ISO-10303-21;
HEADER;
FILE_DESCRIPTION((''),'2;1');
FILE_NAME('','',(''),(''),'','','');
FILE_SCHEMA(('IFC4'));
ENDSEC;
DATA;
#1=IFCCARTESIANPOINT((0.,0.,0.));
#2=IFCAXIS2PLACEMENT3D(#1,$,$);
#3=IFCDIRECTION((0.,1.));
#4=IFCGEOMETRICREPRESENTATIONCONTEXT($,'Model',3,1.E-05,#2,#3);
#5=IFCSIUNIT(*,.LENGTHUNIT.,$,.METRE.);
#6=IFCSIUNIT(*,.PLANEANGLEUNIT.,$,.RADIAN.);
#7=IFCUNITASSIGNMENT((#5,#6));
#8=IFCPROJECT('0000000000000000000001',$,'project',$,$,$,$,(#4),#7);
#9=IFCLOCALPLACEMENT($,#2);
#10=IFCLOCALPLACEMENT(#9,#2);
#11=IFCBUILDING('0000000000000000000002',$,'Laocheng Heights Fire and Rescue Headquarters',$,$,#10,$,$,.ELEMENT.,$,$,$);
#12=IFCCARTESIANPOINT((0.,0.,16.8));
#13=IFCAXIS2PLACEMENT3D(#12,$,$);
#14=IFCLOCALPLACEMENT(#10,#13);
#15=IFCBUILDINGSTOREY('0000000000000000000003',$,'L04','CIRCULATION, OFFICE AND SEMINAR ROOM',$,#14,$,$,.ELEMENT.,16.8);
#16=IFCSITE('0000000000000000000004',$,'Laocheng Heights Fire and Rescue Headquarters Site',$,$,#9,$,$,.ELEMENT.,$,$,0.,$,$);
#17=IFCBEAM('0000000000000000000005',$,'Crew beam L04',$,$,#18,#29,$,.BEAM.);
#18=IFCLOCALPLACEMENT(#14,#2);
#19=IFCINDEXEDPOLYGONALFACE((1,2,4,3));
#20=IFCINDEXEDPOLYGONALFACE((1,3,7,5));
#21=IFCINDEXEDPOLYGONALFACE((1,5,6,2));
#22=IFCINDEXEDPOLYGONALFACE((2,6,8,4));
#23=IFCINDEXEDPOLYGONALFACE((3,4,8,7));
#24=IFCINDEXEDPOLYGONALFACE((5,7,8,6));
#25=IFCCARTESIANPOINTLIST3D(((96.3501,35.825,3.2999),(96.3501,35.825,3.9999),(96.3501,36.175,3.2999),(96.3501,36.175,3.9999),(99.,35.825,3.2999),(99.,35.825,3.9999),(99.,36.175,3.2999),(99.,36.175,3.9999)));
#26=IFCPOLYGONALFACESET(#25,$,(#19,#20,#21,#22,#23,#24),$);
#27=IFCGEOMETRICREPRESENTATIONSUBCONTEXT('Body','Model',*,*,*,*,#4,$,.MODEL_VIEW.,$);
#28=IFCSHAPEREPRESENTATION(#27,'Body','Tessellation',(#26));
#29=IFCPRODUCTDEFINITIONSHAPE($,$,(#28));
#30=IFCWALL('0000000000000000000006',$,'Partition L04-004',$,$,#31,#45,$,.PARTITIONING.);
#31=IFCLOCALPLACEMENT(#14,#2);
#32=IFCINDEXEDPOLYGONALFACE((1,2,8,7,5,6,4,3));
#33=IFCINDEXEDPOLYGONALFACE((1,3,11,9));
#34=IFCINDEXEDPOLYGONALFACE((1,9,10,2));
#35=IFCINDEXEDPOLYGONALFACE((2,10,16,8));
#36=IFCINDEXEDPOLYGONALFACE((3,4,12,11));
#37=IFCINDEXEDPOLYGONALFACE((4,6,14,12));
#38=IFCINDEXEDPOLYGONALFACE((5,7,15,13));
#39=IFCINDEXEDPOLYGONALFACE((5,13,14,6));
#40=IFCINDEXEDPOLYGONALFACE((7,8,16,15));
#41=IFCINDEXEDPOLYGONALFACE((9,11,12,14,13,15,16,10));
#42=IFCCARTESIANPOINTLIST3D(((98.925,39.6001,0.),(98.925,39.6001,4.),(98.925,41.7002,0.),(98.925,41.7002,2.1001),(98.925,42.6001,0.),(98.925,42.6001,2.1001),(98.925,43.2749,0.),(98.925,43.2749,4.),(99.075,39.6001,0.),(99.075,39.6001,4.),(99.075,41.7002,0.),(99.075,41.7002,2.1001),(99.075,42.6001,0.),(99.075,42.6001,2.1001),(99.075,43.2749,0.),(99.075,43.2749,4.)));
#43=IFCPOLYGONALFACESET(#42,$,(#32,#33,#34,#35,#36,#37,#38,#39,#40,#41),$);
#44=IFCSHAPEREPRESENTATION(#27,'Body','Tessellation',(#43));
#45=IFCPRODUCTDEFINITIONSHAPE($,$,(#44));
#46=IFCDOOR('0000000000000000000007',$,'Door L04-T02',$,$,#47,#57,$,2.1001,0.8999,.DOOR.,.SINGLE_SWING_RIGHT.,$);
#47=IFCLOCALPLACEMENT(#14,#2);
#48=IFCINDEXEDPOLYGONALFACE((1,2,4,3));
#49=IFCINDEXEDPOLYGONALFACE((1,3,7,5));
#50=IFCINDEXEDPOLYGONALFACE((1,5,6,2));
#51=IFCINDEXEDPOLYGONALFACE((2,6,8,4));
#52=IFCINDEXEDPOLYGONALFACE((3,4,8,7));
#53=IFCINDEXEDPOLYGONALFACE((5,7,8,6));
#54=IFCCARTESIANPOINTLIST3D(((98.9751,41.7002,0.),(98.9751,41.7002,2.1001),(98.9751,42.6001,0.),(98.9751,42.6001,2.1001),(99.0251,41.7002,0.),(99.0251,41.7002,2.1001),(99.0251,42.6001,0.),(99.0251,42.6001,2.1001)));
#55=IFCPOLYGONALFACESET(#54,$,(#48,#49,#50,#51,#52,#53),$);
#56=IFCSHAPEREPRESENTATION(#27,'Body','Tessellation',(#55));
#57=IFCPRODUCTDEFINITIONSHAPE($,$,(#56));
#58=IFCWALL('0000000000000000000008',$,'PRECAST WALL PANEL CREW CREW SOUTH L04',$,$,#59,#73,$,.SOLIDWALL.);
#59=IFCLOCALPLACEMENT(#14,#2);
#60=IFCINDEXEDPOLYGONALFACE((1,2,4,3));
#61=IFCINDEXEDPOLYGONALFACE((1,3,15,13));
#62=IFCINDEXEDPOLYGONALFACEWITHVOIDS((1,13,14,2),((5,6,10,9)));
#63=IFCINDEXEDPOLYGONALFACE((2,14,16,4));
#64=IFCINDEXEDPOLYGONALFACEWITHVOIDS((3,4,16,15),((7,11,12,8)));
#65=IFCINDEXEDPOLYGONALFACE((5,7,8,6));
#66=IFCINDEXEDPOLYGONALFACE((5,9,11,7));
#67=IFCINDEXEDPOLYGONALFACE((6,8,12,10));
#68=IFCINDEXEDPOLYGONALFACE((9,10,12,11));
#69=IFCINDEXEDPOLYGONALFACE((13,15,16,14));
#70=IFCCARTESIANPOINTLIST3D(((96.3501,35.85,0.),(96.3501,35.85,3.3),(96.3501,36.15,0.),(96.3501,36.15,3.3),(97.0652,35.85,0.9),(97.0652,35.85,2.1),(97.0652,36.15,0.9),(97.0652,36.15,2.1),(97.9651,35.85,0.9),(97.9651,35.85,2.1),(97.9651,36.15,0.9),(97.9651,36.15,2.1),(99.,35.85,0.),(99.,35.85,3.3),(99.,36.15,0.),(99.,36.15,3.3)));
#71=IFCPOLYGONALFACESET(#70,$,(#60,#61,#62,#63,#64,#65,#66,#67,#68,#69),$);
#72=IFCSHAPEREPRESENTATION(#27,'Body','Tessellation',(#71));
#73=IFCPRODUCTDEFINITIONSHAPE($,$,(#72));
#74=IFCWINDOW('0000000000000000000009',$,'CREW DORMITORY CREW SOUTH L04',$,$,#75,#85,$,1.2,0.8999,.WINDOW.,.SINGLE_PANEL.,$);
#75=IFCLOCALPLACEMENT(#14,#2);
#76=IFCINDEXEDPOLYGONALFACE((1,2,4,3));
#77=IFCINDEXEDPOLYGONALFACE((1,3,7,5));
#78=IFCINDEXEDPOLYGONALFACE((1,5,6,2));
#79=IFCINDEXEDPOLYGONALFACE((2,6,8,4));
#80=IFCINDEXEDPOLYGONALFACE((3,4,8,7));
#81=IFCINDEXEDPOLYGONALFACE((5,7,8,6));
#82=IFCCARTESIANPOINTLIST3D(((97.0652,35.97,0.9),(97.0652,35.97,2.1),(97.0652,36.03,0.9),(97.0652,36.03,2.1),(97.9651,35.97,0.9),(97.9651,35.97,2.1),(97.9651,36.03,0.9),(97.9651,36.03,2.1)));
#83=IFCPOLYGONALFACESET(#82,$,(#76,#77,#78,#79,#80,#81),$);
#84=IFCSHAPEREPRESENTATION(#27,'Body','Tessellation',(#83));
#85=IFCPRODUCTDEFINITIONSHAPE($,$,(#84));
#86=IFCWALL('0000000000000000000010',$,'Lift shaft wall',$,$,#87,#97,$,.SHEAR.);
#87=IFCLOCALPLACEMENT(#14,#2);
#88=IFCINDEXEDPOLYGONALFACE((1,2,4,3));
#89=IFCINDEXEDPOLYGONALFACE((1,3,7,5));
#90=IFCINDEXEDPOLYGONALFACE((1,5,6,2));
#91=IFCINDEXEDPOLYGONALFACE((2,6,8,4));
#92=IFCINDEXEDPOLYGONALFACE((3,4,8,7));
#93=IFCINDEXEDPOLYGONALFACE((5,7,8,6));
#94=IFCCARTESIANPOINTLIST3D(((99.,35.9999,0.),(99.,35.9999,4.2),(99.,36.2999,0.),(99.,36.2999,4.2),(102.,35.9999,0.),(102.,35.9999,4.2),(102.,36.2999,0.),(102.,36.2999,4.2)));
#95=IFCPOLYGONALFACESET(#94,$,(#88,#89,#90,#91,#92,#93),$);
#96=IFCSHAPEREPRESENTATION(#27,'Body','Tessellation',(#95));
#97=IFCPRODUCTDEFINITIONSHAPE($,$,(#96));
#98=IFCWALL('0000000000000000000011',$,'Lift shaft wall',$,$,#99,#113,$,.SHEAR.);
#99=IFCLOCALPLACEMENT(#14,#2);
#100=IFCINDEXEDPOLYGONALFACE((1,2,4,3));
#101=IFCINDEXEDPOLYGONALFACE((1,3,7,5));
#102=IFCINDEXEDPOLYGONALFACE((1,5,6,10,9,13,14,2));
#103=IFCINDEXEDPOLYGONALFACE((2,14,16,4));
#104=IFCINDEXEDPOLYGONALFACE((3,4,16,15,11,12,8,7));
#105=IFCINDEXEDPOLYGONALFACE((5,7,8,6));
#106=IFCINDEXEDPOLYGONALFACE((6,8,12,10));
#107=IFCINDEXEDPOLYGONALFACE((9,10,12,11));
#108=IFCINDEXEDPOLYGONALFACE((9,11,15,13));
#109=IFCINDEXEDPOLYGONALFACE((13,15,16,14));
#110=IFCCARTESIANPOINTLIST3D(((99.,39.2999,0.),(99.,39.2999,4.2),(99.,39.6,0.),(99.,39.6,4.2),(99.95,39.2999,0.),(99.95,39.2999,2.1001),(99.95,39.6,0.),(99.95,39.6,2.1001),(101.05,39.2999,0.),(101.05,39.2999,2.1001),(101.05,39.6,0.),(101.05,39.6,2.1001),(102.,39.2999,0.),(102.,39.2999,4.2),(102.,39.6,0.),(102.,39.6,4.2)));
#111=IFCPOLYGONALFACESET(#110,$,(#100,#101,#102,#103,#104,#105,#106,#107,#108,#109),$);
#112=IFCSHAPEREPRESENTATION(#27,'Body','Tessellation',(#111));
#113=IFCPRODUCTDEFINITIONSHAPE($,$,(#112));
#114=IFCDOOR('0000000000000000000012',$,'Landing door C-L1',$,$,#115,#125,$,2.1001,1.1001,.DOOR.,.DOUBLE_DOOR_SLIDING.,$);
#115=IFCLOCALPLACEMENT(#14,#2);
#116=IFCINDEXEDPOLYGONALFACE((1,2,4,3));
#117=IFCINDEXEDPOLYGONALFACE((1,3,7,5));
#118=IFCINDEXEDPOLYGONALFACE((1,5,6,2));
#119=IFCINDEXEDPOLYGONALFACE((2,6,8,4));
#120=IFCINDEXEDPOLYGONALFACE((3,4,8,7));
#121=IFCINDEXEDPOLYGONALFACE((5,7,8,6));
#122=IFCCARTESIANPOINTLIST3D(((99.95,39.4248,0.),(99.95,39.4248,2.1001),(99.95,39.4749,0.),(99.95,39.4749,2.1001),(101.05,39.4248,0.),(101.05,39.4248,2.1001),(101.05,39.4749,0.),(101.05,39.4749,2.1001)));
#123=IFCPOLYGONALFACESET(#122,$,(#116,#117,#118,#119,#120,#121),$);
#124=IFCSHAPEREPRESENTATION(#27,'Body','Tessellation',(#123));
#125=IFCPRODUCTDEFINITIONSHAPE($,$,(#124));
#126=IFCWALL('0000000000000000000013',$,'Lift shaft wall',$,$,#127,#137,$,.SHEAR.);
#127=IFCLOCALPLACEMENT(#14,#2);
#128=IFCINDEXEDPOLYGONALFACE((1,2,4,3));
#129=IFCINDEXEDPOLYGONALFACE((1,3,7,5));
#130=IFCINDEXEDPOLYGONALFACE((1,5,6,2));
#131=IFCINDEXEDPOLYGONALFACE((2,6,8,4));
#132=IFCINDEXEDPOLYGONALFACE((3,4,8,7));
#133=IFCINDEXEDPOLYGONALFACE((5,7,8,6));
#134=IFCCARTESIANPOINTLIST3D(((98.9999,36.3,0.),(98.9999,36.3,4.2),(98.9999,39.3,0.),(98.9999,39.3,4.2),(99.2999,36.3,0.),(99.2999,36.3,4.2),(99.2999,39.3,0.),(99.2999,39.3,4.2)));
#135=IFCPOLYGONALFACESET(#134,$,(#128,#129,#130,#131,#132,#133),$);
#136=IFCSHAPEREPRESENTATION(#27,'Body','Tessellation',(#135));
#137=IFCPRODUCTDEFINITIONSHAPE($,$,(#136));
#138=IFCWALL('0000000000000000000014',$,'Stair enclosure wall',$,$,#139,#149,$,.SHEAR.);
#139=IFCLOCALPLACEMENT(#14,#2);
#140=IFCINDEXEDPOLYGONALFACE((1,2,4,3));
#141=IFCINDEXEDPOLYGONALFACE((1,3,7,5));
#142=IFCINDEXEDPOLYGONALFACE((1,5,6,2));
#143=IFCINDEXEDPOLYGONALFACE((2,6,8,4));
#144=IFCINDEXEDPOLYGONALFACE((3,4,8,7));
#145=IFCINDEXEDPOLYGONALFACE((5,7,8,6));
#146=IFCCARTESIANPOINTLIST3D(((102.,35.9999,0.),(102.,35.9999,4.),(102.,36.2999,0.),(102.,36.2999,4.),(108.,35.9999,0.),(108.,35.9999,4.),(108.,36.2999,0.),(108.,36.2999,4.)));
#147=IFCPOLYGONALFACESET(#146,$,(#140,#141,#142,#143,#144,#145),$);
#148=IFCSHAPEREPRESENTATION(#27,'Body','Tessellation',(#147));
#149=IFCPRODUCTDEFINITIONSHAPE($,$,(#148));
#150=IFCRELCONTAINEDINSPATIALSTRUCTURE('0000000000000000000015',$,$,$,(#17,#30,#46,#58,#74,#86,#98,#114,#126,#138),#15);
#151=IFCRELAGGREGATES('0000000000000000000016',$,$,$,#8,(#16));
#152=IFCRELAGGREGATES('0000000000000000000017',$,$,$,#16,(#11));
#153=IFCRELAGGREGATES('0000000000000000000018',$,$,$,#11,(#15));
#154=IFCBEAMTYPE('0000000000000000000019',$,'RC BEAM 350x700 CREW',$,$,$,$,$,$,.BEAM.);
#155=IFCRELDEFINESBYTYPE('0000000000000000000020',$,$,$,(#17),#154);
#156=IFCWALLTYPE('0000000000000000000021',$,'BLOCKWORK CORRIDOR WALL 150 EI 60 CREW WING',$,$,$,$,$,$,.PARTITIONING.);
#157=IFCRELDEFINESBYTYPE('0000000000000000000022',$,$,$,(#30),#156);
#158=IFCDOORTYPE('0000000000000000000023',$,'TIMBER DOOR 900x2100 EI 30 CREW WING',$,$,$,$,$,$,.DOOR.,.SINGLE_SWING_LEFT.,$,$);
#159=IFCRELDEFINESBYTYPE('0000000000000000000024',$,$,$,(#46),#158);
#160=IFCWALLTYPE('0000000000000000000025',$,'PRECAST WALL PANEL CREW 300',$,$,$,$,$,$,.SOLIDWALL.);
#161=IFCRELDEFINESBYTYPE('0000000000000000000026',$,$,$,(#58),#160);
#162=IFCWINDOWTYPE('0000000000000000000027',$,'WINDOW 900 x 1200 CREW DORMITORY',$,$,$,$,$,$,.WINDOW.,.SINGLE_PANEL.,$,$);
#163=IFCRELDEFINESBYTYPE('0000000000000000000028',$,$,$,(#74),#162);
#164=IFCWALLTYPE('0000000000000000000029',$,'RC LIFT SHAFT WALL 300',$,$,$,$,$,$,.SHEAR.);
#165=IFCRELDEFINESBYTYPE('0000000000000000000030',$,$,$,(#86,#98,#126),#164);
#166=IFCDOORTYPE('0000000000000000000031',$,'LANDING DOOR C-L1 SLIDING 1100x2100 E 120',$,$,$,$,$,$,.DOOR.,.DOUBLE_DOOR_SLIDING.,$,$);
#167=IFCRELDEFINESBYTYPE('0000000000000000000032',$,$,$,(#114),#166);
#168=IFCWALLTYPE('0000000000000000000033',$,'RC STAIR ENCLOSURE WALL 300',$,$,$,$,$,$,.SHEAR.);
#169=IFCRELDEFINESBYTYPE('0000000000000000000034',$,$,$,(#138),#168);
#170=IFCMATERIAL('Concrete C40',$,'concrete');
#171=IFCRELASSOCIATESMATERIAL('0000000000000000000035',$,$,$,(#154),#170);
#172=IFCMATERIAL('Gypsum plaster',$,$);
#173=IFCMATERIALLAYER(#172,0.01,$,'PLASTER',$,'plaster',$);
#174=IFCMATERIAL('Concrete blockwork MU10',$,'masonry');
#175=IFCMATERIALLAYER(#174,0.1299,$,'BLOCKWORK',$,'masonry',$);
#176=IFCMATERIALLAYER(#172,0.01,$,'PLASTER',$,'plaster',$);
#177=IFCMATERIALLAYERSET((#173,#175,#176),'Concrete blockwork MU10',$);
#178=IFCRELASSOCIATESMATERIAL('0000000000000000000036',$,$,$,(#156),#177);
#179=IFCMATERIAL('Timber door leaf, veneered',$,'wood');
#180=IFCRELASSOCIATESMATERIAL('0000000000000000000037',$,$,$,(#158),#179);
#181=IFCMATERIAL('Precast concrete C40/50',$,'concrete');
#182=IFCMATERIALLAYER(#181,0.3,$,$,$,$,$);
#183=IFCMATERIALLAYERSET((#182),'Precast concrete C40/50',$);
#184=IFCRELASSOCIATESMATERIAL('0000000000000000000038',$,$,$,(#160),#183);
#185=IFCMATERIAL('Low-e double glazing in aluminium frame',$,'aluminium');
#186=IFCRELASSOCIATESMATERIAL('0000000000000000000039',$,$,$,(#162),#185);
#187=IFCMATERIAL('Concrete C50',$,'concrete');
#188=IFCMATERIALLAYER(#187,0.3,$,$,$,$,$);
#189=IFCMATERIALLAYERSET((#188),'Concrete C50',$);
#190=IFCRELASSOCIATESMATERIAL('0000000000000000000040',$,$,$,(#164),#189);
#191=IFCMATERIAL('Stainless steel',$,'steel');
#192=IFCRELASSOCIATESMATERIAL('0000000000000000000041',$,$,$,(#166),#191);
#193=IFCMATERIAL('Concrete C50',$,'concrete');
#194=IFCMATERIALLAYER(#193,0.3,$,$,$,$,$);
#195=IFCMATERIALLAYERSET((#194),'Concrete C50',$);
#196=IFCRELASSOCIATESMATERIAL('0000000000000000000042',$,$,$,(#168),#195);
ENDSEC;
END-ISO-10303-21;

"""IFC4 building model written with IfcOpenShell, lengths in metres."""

from ifc_helpers import new_model, si_unit, direction, frame, frame_2d, origin, origin_2d, place, context, subcontext, project, spatial, rectangle, extrude, material, layer, layer_set, material_profile, profile_set, type_object, element, fill, save


model = new_model("IFC4")

# Units and contexts
model_context = context("Model", 3, precision=1e-05, world=origin(), true_north=direction((0.0, 1.0)))
body_context = subcontext(model_context, "Body", "Model", "MODEL_VIEW")
ifc_project = project(units=[si_unit("LENGTHUNIT", "METRE"), si_unit("PLANEANGLEUNIT", "RADIAN")], contexts=[model_context])

# Site, building, storey
site_placement = place(None, origin())
site = spatial("IfcSite", under=ifc_project, at=site_placement, Name="Laocheng Heights Fire and Rescue Headquarters Site", CompositionType="ELEMENT", RefElevation=0.0)
building_placement = place(site_placement, origin())
building = spatial("IfcBuilding", under=site, at=building_placement, Name="Laocheng Heights Fire and Rescue Headquarters", CompositionType="ELEMENT")
storey_placement = place(building_placement, frame((0.0, 0.0, 16.8)))
storey = spatial("IfcBuildingStorey", under=building, at=storey_placement, Name="L04", Description="CIRCULATION, OFFICE AND SEMINAR ROOM", CompositionType="ELEMENT", Elevation=16.8)

# Beam
ifc_material_1 = material(Name="Concrete C40", Category="concrete")
ifc_material_profile = material_profile(ifc_material_1, rectangle(XDim=0.3501, YDim=0.7, at=origin_2d()), Name="RC BEAM 350x700 CREW")
ifc_profile_set = profile_set([ifc_material_profile], Name="Concrete C40")
beam_type = type_object("IfcBeamType", Name="RC BEAM 350x700 CREW", PredefinedType="BEAM", material=ifc_profile_set)
beam_placement = place(storey_placement, frame((96.3501, 36.0, 3.6499), z_axis=(1.0, 0.0, 0.0), x_axis=(0.0, 1.0, 0.0)))
element("IfcBeam", 1, at=beam_placement, inside=storey, type_object=beam_type, Name="Crew beam L04", PredefinedType="BEAM", context=body_context, shape_type="SweptSolid", body=[
    extrude(rectangle(XDim=0.3501, YDim=0.7, at=origin_2d()), origin(), (0.0, 0.0, 1.0), 2.6499),
])

# Wall, opening, door
ifc_material_2 = material(Name="Gypsum plaster")
ifc_layer_1 = layer(ifc_material_2, 0.01, Name="PLASTER", Category="plaster")
ifc_material_3 = material(Name="Concrete blockwork MU10", Category="masonry")
ifc_layer_2 = layer(ifc_material_3, 0.1299, Name="BLOCKWORK", Category="masonry")
ifc_layer_3 = layer(ifc_material_2, 0.01, Name="PLASTER", Category="plaster")
ifc_layer_set_1 = layer_set([ifc_layer_1, ifc_layer_2, ifc_layer_3], Name="Concrete blockwork MU10")
wall_type_1 = type_object("IfcWallType", Name="BLOCKWORK CORRIDOR WALL 150 EI 60 CREW WING", PredefinedType="PARTITIONING", material=ifc_layer_set_1)
wall_1_placement = place(storey_placement, frame((99.0, 39.6001, 0.0), z_axis=(0.0, 0.0, 1.0), x_axis=(0.0, 1.0, 0.0)))
wall_1 = element("IfcWall", 2, at=wall_1_placement, inside=storey, type_object=wall_type_1, Name="Partition L04-004", PredefinedType="PARTITIONING", context=body_context, shape_type="SweptSolid", body=[
    extrude(rectangle(XDim=3.6748, YDim=0.1499, at=frame_2d((1.8374, 0.0))), origin(), (0.0, 0.0, 1.0), 4.0),
])
opening_1_placement = place(wall_1_placement, frame((2.1001, 0.0, 0.0)))
opening_1 = element("IfcOpeningElement", 3, at=opening_1_placement, cuts=wall_1, PredefinedType="OPENING", context=body_context, shape_type="SweptSolid", body=[
    extrude(rectangle(XDim=0.8999, YDim=2.1001, at=frame_2d((0.45, 1.05))), frame((0.0, 0.085, 0.0), z_axis=(0.0, -1.0, 0.0), x_axis=(1.0, 0.0, 0.0)), (0.0, 0.0, 1.0), 0.1699),
])
ifc_material_4 = material(Name="Timber door leaf, veneered", Category="wood")
door_type_1 = type_object("IfcDoorType", Name="TIMBER DOOR 900x2100 EI 30 CREW WING", OperationType="SINGLE_SWING_LEFT", PredefinedType="DOOR", material=ifc_material_4)
door_1_placement = place(opening_1_placement, origin())
door_1 = element("IfcDoor", 4, at=door_1_placement, inside=storey, type_object=door_type_1, Name="Door L04-T02", OperationType="SINGLE_SWING_RIGHT", OverallHeight=2.1001, OverallWidth=0.8999, PredefinedType="DOOR", context=body_context, shape_type="SweptSolid", body=[
    extrude(rectangle(XDim=0.8999, YDim=2.1001, at=frame_2d((0.45, 1.05))), frame((0.0, 0.0249, 0.0), z_axis=(0.0, -1.0, 0.0), x_axis=(1.0, 0.0, 0.0)), (0.0, 0.0, 1.0), 0.05),
])
fill(opening_1, door_1)

# Wall, opening, window
ifc_material_5 = material(Name="Precast concrete C40/50", Category="concrete")
ifc_layer_4 = layer(ifc_material_5, 0.3)
ifc_layer_set_2 = layer_set([ifc_layer_4], Name="Precast concrete C40/50")
wall_type_2 = type_object("IfcWallType", Name="PRECAST WALL PANEL CREW 300", PredefinedType="SOLIDWALL", material=ifc_layer_set_2)
wall_2_placement = place(storey_placement, frame((96.3501, 36.0, 0.0), z_axis=(0.0, 0.0, 1.0), x_axis=(1.0, 0.0, 0.0)))
wall_2 = element("IfcWall", 5, at=wall_2_placement, inside=storey, type_object=wall_type_2, Name="PRECAST WALL PANEL CREW CREW SOUTH L04", PredefinedType="SOLIDWALL", context=body_context, shape_type="SweptSolid", body=[
    extrude(rectangle(XDim=2.6499, YDim=0.3, at=frame_2d((1.325, 0.0))), origin(), (0.0, 0.0, 1.0), 3.3),
])
opening_2_placement = place(wall_2_placement, frame((0.7151, 0.0, 0.8999)))
opening_2 = element("IfcOpeningElement", 6, at=opening_2_placement, cuts=wall_2, PredefinedType="OPENING", context=body_context, shape_type="SweptSolid", body=[
    extrude(rectangle(XDim=0.8999, YDim=1.2, at=frame_2d((0.45, 0.6001))), frame((0.0, 0.1599, 0.0), z_axis=(0.0, -1.0, 0.0), x_axis=(1.0, 0.0, 0.0)), (0.0, 0.0, 1.0), 0.3201),
])
ifc_material_6 = material(Name="Low-e double glazing in aluminium frame", Category="aluminium")
window_type = type_object("IfcWindowType", Name="WINDOW 900 x 1200 CREW DORMITORY", PartitioningType="SINGLE_PANEL", PredefinedType="WINDOW", material=ifc_material_6)
window_placement = place(opening_2_placement, origin())
window = element("IfcWindow", 7, at=window_placement, inside=storey, type_object=window_type, Name="CREW DORMITORY CREW SOUTH L04", OverallHeight=1.2, OverallWidth=0.8999, PartitioningType="SINGLE_PANEL", PredefinedType="WINDOW", context=body_context, shape_type="SweptSolid", body=[
    extrude(rectangle(XDim=0.8999, YDim=1.2, at=frame_2d((0.45, 0.6001))), frame((0.0, 0.03, 0.0), z_axis=(0.0, -1.0, 0.0), x_axis=(1.0, 0.0, 0.0)), (0.0, 0.0, 1.0), 0.0601),
])
fill(opening_2, window)

# Wall
ifc_material_7 = material(Name="Concrete C50", Category="concrete")
ifc_layer_5 = layer(ifc_material_7, 0.3)
ifc_layer_set_3 = layer_set([ifc_layer_5], Name="Concrete C50")
wall_type_3 = type_object("IfcWallType", Name="RC LIFT SHAFT WALL 300", PredefinedType="SHEAR", material=ifc_layer_set_3)
wall_3_placement = place(storey_placement, frame((99.0, 36.1499, 0.0), z_axis=(0.0, 0.0, 1.0), x_axis=(1.0, 0.0, 0.0)))
element("IfcWall", 8, at=wall_3_placement, inside=storey, type_object=wall_type_3, Name="Lift shaft wall", PredefinedType="SHEAR", context=body_context, shape_type="SweptSolid", body=[
    extrude(rectangle(XDim=3.0, YDim=0.3, at=frame_2d((1.5, 0.0))), origin(), (0.0, 0.0, 1.0), 4.2),
])

# Wall, opening, door
wall_4_placement = place(storey_placement, frame((99.0, 39.45, 0.0), z_axis=(0.0, 0.0, 1.0), x_axis=(1.0, 0.0, 0.0)))
wall_4 = element("IfcWall", 9, at=wall_4_placement, inside=storey, type_object=wall_type_3, Name="Lift shaft wall", PredefinedType="SHEAR", context=body_context, shape_type="SweptSolid", body=[
    extrude(rectangle(XDim=3.0, YDim=0.3, at=frame_2d((1.5, 0.0))), origin(), (0.0, 0.0, 1.0), 4.2),
])
opening_3_placement = place(wall_4_placement, frame((0.95, 0.0, 0.0)))
opening_3 = element("IfcOpeningElement", 10, at=opening_3_placement, cuts=wall_4, PredefinedType="OPENING", context=body_context, shape_type="SweptSolid", body=[
    extrude(rectangle(XDim=1.1001, YDim=2.1001, at=frame_2d((0.55, 1.05))), frame((0.0, 0.1599, 0.0), z_axis=(0.0, -1.0, 0.0), x_axis=(1.0, 0.0, 0.0)), (0.0, 0.0, 1.0), 0.3201),
])
ifc_material_8 = material(Name="Stainless steel", Category="steel")
door_type_2 = type_object("IfcDoorType", Name="LANDING DOOR C-L1 SLIDING 1100x2100 E 120", OperationType="DOUBLE_DOOR_SLIDING", PredefinedType="DOOR", material=ifc_material_8)
door_2_placement = place(opening_3_placement, origin())
door_2 = element("IfcDoor", 11, at=door_2_placement, inside=storey, type_object=door_type_2, Name="Landing door C-L1", OperationType="DOUBLE_DOOR_SLIDING", OverallHeight=2.1001, OverallWidth=1.1001, PredefinedType="DOOR", context=body_context, shape_type="SweptSolid", body=[
    extrude(rectangle(XDim=1.1001, YDim=2.1001, at=frame_2d((0.55, 1.05))), frame((0.0, 0.0249, 0.0), z_axis=(0.0, -1.0, 0.0), x_axis=(1.0, 0.0, 0.0)), (0.0, 0.0, 1.0), 0.05),
])
fill(opening_3, door_2)

# Walls
wall_5_placement = place(storey_placement, frame((99.1499, 36.3, 0.0), z_axis=(0.0, 0.0, 1.0), x_axis=(0.0, 1.0, 0.0)))
element("IfcWall", 12, at=wall_5_placement, inside=storey, type_object=wall_type_3, Name="Lift shaft wall", PredefinedType="SHEAR", context=body_context, shape_type="SweptSolid", body=[
    extrude(rectangle(XDim=3.0, YDim=0.3, at=frame_2d((1.5, 0.0))), origin(), (0.0, 0.0, 1.0), 4.2),
])
ifc_material_9 = material(Name="Concrete C50", Category="concrete")
ifc_layer_6 = layer(ifc_material_9, 0.3)
ifc_layer_set_4 = layer_set([ifc_layer_6], Name="Concrete C50")
wall_type_4 = type_object("IfcWallType", Name="RC STAIR ENCLOSURE WALL 300", PredefinedType="SHEAR", material=ifc_layer_set_4)
wall_6_placement = place(storey_placement, frame((102.0, 36.1499, 0.0), z_axis=(0.0, 0.0, 1.0), x_axis=(1.0, 0.0, 0.0)))
element("IfcWall", 13, at=wall_6_placement, inside=storey, type_object=wall_type_4, Name="Stair enclosure wall", PredefinedType="SHEAR", context=body_context, shape_type="SweptSolid", body=[
    extrude(rectangle(XDim=6.0, YDim=0.3, at=frame_2d((3.0, 0.0))), origin(), (0.0, 0.0, 1.0), 4.0),
])

save(model, "model.ifc")
